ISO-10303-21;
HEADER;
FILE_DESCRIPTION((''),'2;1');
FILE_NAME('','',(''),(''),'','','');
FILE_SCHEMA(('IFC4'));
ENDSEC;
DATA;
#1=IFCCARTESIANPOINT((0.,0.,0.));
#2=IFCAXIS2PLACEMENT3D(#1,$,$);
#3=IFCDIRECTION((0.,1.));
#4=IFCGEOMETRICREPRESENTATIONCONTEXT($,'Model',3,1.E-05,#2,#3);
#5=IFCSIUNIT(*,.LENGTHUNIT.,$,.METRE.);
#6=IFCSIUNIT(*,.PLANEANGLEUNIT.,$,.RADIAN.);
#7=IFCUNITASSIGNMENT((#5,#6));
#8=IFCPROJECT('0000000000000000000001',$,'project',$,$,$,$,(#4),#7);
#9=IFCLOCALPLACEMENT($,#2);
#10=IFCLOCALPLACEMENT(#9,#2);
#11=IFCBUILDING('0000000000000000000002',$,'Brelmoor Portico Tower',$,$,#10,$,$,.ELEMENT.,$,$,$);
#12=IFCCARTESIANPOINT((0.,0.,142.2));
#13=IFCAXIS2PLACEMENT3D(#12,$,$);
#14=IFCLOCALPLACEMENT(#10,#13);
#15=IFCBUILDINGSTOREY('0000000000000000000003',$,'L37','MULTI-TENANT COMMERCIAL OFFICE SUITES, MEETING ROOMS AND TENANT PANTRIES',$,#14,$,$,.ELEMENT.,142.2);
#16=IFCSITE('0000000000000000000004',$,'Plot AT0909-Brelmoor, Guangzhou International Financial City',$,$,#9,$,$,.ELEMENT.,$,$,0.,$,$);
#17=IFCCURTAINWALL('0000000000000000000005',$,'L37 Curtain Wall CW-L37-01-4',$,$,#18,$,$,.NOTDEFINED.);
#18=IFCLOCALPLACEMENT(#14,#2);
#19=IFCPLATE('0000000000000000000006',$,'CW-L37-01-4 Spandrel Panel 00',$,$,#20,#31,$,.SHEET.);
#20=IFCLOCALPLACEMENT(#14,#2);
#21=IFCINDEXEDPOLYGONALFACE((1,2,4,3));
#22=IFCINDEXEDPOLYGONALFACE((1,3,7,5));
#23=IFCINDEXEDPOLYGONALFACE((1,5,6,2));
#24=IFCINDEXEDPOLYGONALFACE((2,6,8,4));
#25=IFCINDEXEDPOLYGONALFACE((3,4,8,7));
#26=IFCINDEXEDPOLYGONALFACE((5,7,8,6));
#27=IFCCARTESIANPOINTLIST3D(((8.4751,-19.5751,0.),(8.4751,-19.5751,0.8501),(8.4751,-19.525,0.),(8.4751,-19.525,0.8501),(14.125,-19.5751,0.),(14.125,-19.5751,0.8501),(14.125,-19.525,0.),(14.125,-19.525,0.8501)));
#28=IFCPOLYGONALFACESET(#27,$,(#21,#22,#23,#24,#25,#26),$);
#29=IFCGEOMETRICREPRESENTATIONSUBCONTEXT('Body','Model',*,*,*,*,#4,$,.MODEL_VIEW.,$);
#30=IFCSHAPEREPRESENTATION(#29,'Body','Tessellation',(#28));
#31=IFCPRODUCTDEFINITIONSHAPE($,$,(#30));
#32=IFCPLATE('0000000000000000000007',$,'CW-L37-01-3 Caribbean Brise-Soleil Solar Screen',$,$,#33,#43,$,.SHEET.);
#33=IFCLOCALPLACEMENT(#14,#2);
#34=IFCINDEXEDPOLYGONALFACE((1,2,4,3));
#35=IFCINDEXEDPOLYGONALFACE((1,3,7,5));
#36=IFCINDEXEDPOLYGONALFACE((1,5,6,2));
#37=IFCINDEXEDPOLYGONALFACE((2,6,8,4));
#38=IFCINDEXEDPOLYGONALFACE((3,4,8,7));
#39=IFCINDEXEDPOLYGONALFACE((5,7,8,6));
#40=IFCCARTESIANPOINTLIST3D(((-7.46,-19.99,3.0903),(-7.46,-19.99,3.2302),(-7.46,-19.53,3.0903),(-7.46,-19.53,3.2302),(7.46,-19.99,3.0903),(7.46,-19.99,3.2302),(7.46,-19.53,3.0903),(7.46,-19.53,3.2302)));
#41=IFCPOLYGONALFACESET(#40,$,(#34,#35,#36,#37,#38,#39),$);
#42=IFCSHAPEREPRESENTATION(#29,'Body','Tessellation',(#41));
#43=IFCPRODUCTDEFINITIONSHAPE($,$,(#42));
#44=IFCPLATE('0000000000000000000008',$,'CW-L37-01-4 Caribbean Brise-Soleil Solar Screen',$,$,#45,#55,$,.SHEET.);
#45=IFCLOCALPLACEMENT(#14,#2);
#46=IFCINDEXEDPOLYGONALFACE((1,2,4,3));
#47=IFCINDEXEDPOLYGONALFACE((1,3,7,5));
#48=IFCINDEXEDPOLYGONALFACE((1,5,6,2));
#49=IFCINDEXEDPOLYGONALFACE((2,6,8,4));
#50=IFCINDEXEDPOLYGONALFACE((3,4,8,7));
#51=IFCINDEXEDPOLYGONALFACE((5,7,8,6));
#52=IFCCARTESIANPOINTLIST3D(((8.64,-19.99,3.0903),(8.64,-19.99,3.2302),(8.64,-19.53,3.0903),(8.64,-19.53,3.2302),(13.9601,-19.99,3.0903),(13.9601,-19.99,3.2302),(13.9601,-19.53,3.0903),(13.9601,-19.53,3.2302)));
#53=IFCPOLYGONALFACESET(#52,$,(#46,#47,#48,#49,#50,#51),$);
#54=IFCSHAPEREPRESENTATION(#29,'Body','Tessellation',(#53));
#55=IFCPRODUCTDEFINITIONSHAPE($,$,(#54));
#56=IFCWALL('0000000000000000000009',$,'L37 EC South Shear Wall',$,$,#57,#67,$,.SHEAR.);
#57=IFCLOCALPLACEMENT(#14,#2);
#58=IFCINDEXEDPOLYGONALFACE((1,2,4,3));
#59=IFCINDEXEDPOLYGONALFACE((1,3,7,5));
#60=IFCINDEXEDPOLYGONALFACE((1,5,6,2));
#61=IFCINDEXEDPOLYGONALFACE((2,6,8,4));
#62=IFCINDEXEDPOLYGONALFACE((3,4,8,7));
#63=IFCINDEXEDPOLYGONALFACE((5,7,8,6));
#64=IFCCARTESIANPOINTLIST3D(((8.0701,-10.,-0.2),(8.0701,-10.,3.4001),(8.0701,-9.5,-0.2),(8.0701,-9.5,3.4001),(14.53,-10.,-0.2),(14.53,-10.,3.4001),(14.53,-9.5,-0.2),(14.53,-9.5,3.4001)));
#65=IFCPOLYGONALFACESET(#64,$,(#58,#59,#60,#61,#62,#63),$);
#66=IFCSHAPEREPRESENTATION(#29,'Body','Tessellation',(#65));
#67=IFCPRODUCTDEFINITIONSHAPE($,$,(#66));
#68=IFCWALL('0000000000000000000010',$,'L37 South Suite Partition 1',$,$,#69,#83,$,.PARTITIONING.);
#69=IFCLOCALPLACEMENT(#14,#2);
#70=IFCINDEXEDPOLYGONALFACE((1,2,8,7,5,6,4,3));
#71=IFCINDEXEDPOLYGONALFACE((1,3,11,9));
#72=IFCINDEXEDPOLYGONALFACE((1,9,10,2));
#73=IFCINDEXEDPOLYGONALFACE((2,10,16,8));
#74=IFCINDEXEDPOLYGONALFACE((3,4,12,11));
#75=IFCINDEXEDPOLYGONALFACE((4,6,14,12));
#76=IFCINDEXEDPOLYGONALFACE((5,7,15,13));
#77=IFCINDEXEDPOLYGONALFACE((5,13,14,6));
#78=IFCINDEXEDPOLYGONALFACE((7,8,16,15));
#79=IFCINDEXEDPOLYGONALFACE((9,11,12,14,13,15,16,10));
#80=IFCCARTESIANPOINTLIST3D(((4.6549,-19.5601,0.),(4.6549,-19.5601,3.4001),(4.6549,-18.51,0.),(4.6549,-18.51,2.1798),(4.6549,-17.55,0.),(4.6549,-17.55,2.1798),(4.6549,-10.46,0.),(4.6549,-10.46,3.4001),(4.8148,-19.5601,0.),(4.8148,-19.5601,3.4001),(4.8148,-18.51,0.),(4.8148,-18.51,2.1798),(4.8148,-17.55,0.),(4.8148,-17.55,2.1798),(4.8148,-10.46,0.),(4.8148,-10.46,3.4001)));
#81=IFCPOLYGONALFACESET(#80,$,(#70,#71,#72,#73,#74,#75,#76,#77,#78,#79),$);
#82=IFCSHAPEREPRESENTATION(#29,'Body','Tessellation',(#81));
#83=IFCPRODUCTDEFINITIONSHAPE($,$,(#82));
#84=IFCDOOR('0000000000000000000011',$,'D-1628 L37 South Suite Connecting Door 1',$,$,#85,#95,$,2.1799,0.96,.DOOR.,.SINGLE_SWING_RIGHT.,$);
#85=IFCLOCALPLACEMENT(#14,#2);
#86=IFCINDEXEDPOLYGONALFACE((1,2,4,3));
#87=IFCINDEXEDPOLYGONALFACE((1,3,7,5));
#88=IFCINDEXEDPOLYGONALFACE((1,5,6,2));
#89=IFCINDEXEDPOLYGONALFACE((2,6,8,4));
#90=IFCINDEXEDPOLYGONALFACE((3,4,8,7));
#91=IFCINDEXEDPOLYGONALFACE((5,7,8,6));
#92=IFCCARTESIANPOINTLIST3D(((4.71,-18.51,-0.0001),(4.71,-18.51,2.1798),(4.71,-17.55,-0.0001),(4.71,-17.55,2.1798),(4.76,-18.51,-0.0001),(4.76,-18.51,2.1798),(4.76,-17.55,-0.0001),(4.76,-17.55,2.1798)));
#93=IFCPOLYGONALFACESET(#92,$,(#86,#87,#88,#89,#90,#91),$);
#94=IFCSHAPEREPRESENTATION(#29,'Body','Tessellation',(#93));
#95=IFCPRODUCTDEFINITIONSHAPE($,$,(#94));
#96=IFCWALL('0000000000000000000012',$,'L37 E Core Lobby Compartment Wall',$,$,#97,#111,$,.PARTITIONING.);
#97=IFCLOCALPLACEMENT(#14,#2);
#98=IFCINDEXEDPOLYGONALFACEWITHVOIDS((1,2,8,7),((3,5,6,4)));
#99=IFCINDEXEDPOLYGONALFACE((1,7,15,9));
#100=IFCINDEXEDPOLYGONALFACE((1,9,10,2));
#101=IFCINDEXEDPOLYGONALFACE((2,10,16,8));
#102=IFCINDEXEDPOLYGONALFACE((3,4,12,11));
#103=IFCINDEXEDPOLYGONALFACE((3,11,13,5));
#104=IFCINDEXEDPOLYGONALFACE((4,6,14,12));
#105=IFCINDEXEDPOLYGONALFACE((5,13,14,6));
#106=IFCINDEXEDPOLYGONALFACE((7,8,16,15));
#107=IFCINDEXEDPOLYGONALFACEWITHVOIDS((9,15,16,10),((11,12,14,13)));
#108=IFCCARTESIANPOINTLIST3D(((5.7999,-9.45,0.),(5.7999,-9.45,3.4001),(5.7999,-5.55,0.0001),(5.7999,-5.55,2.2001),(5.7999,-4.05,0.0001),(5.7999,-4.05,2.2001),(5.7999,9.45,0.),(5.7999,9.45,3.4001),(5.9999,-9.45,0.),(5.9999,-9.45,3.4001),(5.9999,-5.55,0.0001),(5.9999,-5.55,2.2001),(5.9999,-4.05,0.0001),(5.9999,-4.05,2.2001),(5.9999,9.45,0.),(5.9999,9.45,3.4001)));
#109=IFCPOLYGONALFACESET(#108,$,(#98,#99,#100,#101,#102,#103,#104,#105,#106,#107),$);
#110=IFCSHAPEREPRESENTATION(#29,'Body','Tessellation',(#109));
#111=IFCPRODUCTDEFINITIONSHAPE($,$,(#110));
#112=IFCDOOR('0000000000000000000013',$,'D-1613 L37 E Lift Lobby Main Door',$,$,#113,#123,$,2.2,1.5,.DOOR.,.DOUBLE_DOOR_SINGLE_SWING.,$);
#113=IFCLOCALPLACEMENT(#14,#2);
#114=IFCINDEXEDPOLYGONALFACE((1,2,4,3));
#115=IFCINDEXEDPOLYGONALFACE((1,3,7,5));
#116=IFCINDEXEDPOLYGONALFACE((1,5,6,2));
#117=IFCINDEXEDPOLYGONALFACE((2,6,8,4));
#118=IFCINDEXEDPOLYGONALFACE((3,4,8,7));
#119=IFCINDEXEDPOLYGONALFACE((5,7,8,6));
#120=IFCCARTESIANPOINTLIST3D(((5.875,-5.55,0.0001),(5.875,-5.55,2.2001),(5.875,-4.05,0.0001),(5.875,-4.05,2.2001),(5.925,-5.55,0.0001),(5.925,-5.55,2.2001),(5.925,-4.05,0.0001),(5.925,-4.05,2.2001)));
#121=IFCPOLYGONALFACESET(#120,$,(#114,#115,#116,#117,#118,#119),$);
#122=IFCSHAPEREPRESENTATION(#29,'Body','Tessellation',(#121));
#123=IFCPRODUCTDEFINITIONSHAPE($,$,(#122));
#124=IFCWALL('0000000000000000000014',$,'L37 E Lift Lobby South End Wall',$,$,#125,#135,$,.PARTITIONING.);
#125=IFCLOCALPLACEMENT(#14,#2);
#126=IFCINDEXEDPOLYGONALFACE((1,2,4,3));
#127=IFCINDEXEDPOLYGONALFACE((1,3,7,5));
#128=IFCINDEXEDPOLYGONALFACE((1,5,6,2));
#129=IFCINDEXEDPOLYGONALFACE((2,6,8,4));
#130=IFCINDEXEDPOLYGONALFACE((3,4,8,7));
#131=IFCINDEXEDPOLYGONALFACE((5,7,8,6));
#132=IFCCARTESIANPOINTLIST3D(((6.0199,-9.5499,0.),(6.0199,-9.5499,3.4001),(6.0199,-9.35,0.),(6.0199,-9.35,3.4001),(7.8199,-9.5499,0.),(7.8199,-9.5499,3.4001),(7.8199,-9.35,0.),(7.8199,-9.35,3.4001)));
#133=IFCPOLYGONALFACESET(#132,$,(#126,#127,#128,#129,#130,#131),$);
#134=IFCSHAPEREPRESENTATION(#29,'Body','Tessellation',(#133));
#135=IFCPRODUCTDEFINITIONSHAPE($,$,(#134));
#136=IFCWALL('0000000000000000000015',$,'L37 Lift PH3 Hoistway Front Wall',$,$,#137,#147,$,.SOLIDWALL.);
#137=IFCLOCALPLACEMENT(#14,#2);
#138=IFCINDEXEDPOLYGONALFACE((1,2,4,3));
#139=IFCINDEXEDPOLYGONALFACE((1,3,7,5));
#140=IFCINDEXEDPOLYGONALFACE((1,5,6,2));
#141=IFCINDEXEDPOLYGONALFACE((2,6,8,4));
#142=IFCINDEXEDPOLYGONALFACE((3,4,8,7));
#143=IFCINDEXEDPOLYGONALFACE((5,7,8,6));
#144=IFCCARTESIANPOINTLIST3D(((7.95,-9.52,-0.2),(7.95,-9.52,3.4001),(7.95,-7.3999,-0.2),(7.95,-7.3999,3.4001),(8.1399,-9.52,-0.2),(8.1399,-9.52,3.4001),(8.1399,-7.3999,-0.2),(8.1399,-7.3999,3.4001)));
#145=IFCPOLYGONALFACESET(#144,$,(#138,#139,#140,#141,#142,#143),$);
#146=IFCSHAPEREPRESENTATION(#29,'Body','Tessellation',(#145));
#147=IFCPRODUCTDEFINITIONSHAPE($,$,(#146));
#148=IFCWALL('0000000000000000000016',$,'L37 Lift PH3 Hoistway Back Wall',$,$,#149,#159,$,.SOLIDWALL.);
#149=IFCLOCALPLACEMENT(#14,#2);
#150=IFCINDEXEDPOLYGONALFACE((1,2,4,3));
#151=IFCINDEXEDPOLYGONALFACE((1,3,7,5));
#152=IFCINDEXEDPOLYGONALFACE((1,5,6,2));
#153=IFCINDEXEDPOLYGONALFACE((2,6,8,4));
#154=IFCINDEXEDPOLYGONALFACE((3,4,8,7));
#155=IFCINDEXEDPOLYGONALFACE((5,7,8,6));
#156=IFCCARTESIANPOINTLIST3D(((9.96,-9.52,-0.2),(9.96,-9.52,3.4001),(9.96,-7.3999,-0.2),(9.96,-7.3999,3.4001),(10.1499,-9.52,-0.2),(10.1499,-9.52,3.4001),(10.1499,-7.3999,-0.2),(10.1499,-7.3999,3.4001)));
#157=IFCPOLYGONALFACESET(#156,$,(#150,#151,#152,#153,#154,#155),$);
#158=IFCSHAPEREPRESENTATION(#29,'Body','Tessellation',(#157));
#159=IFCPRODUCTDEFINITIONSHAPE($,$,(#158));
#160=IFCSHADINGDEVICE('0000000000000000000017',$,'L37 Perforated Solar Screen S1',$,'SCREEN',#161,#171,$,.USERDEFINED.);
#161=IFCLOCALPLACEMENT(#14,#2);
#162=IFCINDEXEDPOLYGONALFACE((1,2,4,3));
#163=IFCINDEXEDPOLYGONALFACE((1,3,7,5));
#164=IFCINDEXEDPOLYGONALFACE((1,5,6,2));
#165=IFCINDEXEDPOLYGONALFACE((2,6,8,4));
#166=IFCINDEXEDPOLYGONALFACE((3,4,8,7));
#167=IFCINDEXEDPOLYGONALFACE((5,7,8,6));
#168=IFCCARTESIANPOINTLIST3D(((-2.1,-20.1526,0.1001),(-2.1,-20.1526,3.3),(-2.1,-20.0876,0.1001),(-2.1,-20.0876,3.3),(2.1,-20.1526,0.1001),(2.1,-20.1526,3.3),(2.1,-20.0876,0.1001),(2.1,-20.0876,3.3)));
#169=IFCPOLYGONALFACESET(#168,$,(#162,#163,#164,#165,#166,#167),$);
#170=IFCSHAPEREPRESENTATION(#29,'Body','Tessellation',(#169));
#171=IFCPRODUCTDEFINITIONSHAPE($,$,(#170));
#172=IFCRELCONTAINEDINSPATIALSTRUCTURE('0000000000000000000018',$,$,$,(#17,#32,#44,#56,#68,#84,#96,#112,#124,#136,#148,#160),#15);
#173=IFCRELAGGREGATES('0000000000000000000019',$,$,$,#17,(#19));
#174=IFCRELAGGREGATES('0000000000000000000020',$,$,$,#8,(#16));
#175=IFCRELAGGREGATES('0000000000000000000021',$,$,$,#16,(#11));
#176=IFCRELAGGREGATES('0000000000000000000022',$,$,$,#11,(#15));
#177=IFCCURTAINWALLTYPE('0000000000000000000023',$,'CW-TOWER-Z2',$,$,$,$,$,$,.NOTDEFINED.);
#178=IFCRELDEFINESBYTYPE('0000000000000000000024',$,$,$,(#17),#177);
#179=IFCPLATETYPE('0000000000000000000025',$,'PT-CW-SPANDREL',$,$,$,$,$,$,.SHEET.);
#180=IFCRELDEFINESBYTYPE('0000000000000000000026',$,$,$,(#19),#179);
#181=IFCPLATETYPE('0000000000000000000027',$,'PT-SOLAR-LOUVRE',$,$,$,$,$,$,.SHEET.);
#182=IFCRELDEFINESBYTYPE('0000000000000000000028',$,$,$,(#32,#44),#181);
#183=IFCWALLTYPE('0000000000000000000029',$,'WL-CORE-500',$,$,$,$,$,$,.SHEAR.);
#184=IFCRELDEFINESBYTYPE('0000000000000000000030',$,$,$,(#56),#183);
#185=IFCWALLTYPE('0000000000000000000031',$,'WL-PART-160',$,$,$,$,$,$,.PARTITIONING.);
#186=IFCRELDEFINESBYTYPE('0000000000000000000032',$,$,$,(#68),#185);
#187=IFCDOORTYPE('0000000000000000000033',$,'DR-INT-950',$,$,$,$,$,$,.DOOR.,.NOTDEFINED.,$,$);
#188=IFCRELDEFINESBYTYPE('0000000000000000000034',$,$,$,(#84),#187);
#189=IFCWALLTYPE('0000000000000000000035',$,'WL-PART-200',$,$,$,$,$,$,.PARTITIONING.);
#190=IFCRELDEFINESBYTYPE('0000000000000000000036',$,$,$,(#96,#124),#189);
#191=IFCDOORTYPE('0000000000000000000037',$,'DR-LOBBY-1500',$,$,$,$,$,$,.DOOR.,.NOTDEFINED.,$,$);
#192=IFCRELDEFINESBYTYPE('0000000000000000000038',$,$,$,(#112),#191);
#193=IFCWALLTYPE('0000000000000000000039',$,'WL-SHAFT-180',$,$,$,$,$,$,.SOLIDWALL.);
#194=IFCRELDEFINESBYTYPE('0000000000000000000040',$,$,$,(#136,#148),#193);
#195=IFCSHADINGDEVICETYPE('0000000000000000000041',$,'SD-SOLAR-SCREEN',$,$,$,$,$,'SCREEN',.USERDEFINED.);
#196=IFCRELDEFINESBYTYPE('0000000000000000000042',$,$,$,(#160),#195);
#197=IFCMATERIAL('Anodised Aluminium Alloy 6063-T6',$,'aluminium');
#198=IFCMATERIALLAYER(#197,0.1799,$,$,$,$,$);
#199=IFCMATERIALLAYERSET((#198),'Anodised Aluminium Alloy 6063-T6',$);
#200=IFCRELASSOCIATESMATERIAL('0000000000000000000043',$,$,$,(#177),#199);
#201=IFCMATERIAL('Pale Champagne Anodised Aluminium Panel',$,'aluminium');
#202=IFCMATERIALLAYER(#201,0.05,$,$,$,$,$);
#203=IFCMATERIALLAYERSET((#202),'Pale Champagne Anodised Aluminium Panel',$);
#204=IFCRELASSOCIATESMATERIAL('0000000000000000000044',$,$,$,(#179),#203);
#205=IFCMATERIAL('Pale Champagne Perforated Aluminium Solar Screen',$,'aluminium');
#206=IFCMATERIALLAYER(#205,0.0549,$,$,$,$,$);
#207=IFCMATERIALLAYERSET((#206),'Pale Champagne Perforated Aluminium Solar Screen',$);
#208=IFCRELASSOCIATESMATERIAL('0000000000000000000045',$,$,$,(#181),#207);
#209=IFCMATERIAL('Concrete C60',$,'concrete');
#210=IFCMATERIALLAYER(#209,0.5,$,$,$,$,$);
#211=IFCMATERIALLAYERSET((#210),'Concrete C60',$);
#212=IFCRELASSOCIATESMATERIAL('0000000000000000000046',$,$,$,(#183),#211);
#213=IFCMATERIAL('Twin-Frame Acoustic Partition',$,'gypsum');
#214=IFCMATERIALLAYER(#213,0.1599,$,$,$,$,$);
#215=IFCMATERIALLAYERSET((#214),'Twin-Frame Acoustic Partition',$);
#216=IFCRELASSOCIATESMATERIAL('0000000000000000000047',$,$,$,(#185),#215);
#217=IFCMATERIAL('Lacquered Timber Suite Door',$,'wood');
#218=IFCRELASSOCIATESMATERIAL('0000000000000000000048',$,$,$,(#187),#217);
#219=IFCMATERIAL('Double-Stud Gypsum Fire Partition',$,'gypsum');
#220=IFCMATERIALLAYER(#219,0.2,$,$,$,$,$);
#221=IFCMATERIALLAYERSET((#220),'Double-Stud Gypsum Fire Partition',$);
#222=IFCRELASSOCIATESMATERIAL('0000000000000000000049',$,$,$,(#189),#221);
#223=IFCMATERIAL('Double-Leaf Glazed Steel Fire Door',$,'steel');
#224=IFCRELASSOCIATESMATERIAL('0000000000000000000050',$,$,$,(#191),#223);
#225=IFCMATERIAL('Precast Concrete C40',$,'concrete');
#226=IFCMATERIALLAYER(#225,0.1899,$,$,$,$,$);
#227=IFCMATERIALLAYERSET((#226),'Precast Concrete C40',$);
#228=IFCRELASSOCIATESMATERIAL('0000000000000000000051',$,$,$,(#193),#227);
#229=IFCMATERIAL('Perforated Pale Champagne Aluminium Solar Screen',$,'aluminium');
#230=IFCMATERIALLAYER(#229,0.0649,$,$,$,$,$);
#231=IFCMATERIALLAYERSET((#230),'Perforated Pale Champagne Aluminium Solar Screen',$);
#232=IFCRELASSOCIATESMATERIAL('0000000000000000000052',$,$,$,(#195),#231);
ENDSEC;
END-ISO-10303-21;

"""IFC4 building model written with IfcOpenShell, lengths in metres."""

from ifc_helpers import new_model, si_unit, direction, frame, frame_2d, origin, origin_2d, place, context, subcontext, project, spatial, rectangle, extrude, material, layer, layer_set, type_object, element, fill, aggregate, save


model = new_model("IFC4")

# Units and contexts
model_context = context("Model", 3, precision=1e-05, world=origin(), true_north=direction((0.0, 1.0)))
body_context = subcontext(model_context, "Body", "Model", "MODEL_VIEW")
ifc_project = project(units=[si_unit("LENGTHUNIT", "METRE"), si_unit("PLANEANGLEUNIT", "RADIAN")], contexts=[model_context])

# Site, building, storey
site_placement = place(None, origin())
site = spatial("IfcSite", under=ifc_project, at=site_placement, Name="Plot AT0909-Brelmoor, Guangzhou International Financial City", CompositionType="ELEMENT", RefElevation=0.0)
building_placement = place(site_placement, origin())
building = spatial("IfcBuilding", under=site, at=building_placement, Name="Brelmoor Portico Tower", CompositionType="ELEMENT")
storey_placement = place(building_placement, frame((0.0, 0.0, 142.2)))
storey = spatial("IfcBuildingStorey", under=building, at=storey_placement, Name="L37", Description="MULTI-TENANT COMMERCIAL OFFICE SUITES, MEETING ROOMS AND TENANT PANTRIES", CompositionType="ELEMENT", Elevation=142.2)

# Shared definitions
ifc_material_1 = material(Name="Anodised Aluminium Alloy 6063-T6", Category="aluminium")
ifc_layer_1 = layer(ifc_material_1, 0.1799)
ifc_layer_set_1 = layer_set([ifc_layer_1], Name="Anodised Aluminium Alloy 6063-T6")
curtain_wall_type = type_object("IfcCurtainWallType", Name="CW-TOWER-Z2", PredefinedType="NOTDEFINED", material=ifc_layer_set_1)

# Curtain wall, plate
curtain_wall_1_placement = place(storey_placement, origin())
curtain_wall_1 = element("IfcCurtainWall", 1, at=curtain_wall_1_placement, inside=storey, type_object=curtain_wall_type, Name="L37 Curtain Wall CW-L37-01-4", PredefinedType="NOTDEFINED")
ifc_material_2 = material(Name="Pale Champagne Anodised Aluminium Panel", Category="aluminium")
ifc_layer_2 = layer(ifc_material_2, 0.05)
ifc_layer_set_2 = layer_set([ifc_layer_2], Name="Pale Champagne Anodised Aluminium Panel")
plate_type_1 = type_object("IfcPlateType", Name="PT-CW-SPANDREL", PredefinedType="SHEET", material=ifc_layer_set_2)
plate_1_placement = place(storey_placement, frame((11.3, -19.55, 0.0), z_axis=(0.0, 0.0, 1.0), x_axis=(1.0, 0.0, 0.0)))
plate_1 = element("IfcPlate", 2, at=plate_1_placement, type_object=plate_type_1, Name="CW-L37-01-4 Spandrel Panel 00", PredefinedType="SHEET", context=body_context, shape_type="SweptSolid", body=[
    extrude(rectangle(XDim=5.6499, YDim=0.05, at=origin_2d()), origin(), (0.0, 0.0, 1.0), 0.8501),
])
aggregate(curtain_wall_1, [plate_1])

# Plates
ifc_material_3 = material(Name="Pale Champagne Perforated Aluminium Solar Screen", Category="aluminium")
ifc_layer_3 = layer(ifc_material_3, 0.0549)
ifc_layer_set_3 = layer_set([ifc_layer_3], Name="Pale Champagne Perforated Aluminium Solar Screen")
plate_type_2 = type_object("IfcPlateType", Name="PT-SOLAR-LOUVRE", PredefinedType="SHEET", material=ifc_layer_set_3)
plate_2_placement = place(storey_placement, frame((0.0, -19.76, 3.0903), z_axis=(0.0, 0.0, 1.0), x_axis=(1.0, 0.0, 0.0)))
element("IfcPlate", 3, at=plate_2_placement, inside=storey, type_object=plate_type_2, Name="CW-L37-01-3 Caribbean Brise-Soleil Solar Screen", PredefinedType="SHEET", context=body_context, shape_type="SweptSolid", body=[
    extrude(rectangle(XDim=14.9199, YDim=0.46, at=origin_2d()), origin(), (0.0, 0.0, 1.0), 0.1399),
])
plate_3_placement = place(storey_placement, frame((11.3, -19.76, 3.0903), z_axis=(0.0, 0.0, 1.0), x_axis=(1.0, 0.0, 0.0)))
element("IfcPlate", 4, at=plate_3_placement, inside=storey, type_object=plate_type_2, Name="CW-L37-01-4 Caribbean Brise-Soleil Solar Screen", PredefinedType="SHEET", context=body_context, shape_type="SweptSolid", body=[
    extrude(rectangle(XDim=5.3201, YDim=0.46, at=origin_2d()), origin(), (0.0, 0.0, 1.0), 0.1399),
])

# Wall
ifc_material_4 = material(Name="Concrete C60", Category="concrete")
ifc_layer_4 = layer(ifc_material_4, 0.5)
ifc_layer_set_4 = layer_set([ifc_layer_4], Name="Concrete C60")
wall_type_1 = type_object("IfcWallType", Name="WL-CORE-500", PredefinedType="SHEAR", material=ifc_layer_set_4)
wall_1_placement = place(storey_placement, frame((8.0701, -9.75, -0.2), z_axis=(0.0, 0.0, 1.0), x_axis=(1.0, 0.0, 0.0)))
element("IfcWall", 5, at=wall_1_placement, inside=storey, type_object=wall_type_1, Name="L37 EC South Shear Wall", PredefinedType="SHEAR", context=body_context, shape_type="SweptSolid", body=[
    extrude(rectangle(XDim=6.46, YDim=0.5, at=frame_2d((3.23, 0.0))), origin(), (0.0, 0.0, 1.0), 3.6001),
])

# Shared definitions
ifc_material_5 = material(Name="Twin-Frame Acoustic Partition", Category="gypsum")
ifc_layer_5 = layer(ifc_material_5, 0.1599)
ifc_layer_set_5 = layer_set([ifc_layer_5], Name="Twin-Frame Acoustic Partition")
wall_type_2 = type_object("IfcWallType", Name="WL-PART-160", PredefinedType="PARTITIONING", material=ifc_layer_set_5)

# Walls, openings, doors
wall_2_placement = place(storey_placement, frame((4.7349, -19.5601, 0.0), z_axis=(0.0, 0.0, 1.0), x_axis=(0.0, 1.0, 0.0)))
wall_2 = element("IfcWall", 6, at=wall_2_placement, inside=storey, type_object=wall_type_2, Name="L37 South Suite Partition 1", PredefinedType="PARTITIONING", context=body_context, shape_type="SweptSolid", body=[
    extrude(rectangle(XDim=9.1001, YDim=0.1599, at=frame_2d((4.55, 0.0))), origin(), (0.0, 0.0, 1.0), 3.4001),
])
opening_1_placement = place(wall_2_placement, frame((1.05, 0.0, 0.0)))
opening_1 = element("IfcOpeningElement", 7, at=opening_1_placement, cuts=wall_2, PredefinedType="OPENING", context=body_context, shape_type="SweptSolid", body=[
    extrude(rectangle(XDim=0.96, YDim=2.1799, at=frame_2d((0.48, 1.0898))), frame((0.0, 0.0898, 0.0), z_axis=(0.0, -1.0, 0.0), x_axis=(1.0, 0.0, 0.0)), (0.0, 0.0, 1.0), 0.1799),
])
ifc_material_6 = material(Name="Lacquered Timber Suite Door", Category="wood")
door_type_1 = type_object("IfcDoorType", Name="DR-INT-950", OperationType="NOTDEFINED", PredefinedType="DOOR", material=ifc_material_6)
door_1_placement = place(opening_1_placement, origin())
door_1 = element("IfcDoor", 8, at=door_1_placement, inside=storey, type_object=door_type_1, Name="D-1628 L37 South Suite Connecting Door 1", OperationType="SINGLE_SWING_RIGHT", OverallHeight=2.1799, OverallWidth=0.96, PredefinedType="DOOR", context=body_context, shape_type="SweptSolid", body=[
    extrude(rectangle(XDim=0.96, YDim=2.1799, at=frame_2d((0.48, 1.0898))), frame((0.0, 0.0249, 0.0), z_axis=(0.0, -1.0, 0.0), x_axis=(1.0, 0.0, 0.0)), (0.0, 0.0, 1.0), 0.05),
])
fill(opening_1, door_1)
ifc_material_7 = material(Name="Double-Stud Gypsum Fire Partition", Category="gypsum")
ifc_layer_6 = layer(ifc_material_7, 0.2)
ifc_layer_set_6 = layer_set([ifc_layer_6], Name="Double-Stud Gypsum Fire Partition")
wall_type_3 = type_object("IfcWallType", Name="WL-PART-200", PredefinedType="PARTITIONING", material=ifc_layer_set_6)
wall_3_placement = place(storey_placement, frame((5.8999, -9.45, 0.0), z_axis=(0.0, 0.0, 1.0), x_axis=(0.0, 1.0, 0.0)))
wall_3 = element("IfcWall", 9, at=wall_3_placement, inside=storey, type_object=wall_type_3, Name="L37 E Core Lobby Compartment Wall", PredefinedType="PARTITIONING", context=body_context, shape_type="SweptSolid", body=[
    extrude(rectangle(XDim=18.8999, YDim=0.2, at=frame_2d((9.45, 0.0))), origin(), (0.0, 0.0, 1.0), 3.4001),
])
opening_2_placement = place(wall_3_placement, frame((3.8999, 0.0, 0.0)))
opening_2 = element("IfcOpeningElement", 10, at=opening_2_placement, cuts=wall_3, PredefinedType="OPENING", context=body_context, shape_type="SweptSolid", body=[
    extrude(rectangle(XDim=1.5, YDim=2.2, at=frame_2d((0.75, 1.1001))), frame((0.0, 0.1099, 0.0), z_axis=(0.0, -1.0, 0.0), x_axis=(1.0, 0.0, 0.0)), (0.0, 0.0, 1.0), 0.22),
])
ifc_material_8 = material(Name="Double-Leaf Glazed Steel Fire Door", Category="steel")
door_type_2 = type_object("IfcDoorType", Name="DR-LOBBY-1500", OperationType="NOTDEFINED", PredefinedType="DOOR", material=ifc_material_8)
door_2_placement = place(opening_2_placement, origin())
door_2 = element("IfcDoor", 11, at=door_2_placement, inside=storey, type_object=door_type_2, Name="D-1613 L37 E Lift Lobby Main Door", OperationType="DOUBLE_DOOR_SINGLE_SWING", OverallHeight=2.2, OverallWidth=1.5, PredefinedType="DOOR", context=body_context, shape_type="SweptSolid", body=[
    extrude(rectangle(XDim=1.5, YDim=2.2, at=frame_2d((0.75, 1.1001))), frame((0.0, 0.0249, 0.0), z_axis=(0.0, -1.0, 0.0), x_axis=(1.0, 0.0, 0.0)), (0.0, 0.0, 1.0), 0.05),
])
fill(opening_2, door_2)

# Walls
wall_4_placement = place(storey_placement, frame((6.02, -9.45, 0.0), z_axis=(0.0, 0.0, 1.0), x_axis=(1.0, 0.0, 0.0)))
element("IfcWall", 12, at=wall_4_placement, inside=storey, type_object=wall_type_3, Name="L37 E Lift Lobby South End Wall", PredefinedType="PARTITIONING", context=body_context, shape_type="SweptSolid", body=[
    extrude(rectangle(XDim=1.8, YDim=0.2, at=frame_2d((0.8999, 0.0))), origin(), (0.0, 0.0, 1.0), 3.4001),
])
ifc_material_9 = material(Name="Precast Concrete C40", Category="concrete")
ifc_layer_7 = layer(ifc_material_9, 0.1899)
ifc_layer_set_7 = layer_set([ifc_layer_7], Name="Precast Concrete C40")
wall_type_4 = type_object("IfcWallType", Name="WL-SHAFT-180", PredefinedType="SOLIDWALL", material=ifc_layer_set_7)
for number, where, z_axis, x_axis, name in (
    (13, (8.0449, -9.52, -0.2), (0.0, 0.0, 1.0), (0.0, 1.0, 0.0), "L37 Lift PH3 Hoistway Front Wall"),
    (14, (10.0549, -9.52, -0.2), (0.0, 0.0, 1.0), (0.0, 1.0, 0.0), "L37 Lift PH3 Hoistway Back Wall"),
):
    element("IfcWall", number, at=place(storey_placement, frame(where, z_axis=z_axis, x_axis=x_axis)), inside=storey, type_object=wall_type_4, Name=name, PredefinedType="SOLIDWALL", context=body_context, shape_type="SweptSolid", body=[
        extrude(rectangle(XDim=2.1201, YDim=0.1899, at=frame_2d((1.0601, 0.0))), origin(), (0.0, 0.0, 1.0), 3.6001),
    ])

# Shading device
ifc_material_10 = material(Name="Perforated Pale Champagne Aluminium Solar Screen", Category="aluminium")
ifc_layer_8 = layer(ifc_material_10, 0.0649)
ifc_layer_set_8 = layer_set([ifc_layer_8], Name="Perforated Pale Champagne Aluminium Solar Screen")
shading_device_type = type_object("IfcShadingDeviceType", Name="SD-SOLAR-SCREEN", ElementType="SCREEN", PredefinedType="USERDEFINED", material=ifc_layer_set_8)
shading_device_placement = place(storey_placement, frame((0.0, -20.1201, 0.1001), z_axis=(0.0, 0.0, 1.0), x_axis=(1.0, 0.0, 0.0)))
element("IfcShadingDevice", 15, at=shading_device_placement, inside=storey, type_object=shading_device_type, Name="L37 Perforated Solar Screen S1", ObjectType="SCREEN", PredefinedType="USERDEFINED", context=body_context, shape_type="SweptSolid", body=[
    extrude(rectangle(XDim=4.2, YDim=0.0649, at=origin_2d()), origin(), (0.0, 0.0, 1.0), 3.2),
])

save(model, "model.ifc")
